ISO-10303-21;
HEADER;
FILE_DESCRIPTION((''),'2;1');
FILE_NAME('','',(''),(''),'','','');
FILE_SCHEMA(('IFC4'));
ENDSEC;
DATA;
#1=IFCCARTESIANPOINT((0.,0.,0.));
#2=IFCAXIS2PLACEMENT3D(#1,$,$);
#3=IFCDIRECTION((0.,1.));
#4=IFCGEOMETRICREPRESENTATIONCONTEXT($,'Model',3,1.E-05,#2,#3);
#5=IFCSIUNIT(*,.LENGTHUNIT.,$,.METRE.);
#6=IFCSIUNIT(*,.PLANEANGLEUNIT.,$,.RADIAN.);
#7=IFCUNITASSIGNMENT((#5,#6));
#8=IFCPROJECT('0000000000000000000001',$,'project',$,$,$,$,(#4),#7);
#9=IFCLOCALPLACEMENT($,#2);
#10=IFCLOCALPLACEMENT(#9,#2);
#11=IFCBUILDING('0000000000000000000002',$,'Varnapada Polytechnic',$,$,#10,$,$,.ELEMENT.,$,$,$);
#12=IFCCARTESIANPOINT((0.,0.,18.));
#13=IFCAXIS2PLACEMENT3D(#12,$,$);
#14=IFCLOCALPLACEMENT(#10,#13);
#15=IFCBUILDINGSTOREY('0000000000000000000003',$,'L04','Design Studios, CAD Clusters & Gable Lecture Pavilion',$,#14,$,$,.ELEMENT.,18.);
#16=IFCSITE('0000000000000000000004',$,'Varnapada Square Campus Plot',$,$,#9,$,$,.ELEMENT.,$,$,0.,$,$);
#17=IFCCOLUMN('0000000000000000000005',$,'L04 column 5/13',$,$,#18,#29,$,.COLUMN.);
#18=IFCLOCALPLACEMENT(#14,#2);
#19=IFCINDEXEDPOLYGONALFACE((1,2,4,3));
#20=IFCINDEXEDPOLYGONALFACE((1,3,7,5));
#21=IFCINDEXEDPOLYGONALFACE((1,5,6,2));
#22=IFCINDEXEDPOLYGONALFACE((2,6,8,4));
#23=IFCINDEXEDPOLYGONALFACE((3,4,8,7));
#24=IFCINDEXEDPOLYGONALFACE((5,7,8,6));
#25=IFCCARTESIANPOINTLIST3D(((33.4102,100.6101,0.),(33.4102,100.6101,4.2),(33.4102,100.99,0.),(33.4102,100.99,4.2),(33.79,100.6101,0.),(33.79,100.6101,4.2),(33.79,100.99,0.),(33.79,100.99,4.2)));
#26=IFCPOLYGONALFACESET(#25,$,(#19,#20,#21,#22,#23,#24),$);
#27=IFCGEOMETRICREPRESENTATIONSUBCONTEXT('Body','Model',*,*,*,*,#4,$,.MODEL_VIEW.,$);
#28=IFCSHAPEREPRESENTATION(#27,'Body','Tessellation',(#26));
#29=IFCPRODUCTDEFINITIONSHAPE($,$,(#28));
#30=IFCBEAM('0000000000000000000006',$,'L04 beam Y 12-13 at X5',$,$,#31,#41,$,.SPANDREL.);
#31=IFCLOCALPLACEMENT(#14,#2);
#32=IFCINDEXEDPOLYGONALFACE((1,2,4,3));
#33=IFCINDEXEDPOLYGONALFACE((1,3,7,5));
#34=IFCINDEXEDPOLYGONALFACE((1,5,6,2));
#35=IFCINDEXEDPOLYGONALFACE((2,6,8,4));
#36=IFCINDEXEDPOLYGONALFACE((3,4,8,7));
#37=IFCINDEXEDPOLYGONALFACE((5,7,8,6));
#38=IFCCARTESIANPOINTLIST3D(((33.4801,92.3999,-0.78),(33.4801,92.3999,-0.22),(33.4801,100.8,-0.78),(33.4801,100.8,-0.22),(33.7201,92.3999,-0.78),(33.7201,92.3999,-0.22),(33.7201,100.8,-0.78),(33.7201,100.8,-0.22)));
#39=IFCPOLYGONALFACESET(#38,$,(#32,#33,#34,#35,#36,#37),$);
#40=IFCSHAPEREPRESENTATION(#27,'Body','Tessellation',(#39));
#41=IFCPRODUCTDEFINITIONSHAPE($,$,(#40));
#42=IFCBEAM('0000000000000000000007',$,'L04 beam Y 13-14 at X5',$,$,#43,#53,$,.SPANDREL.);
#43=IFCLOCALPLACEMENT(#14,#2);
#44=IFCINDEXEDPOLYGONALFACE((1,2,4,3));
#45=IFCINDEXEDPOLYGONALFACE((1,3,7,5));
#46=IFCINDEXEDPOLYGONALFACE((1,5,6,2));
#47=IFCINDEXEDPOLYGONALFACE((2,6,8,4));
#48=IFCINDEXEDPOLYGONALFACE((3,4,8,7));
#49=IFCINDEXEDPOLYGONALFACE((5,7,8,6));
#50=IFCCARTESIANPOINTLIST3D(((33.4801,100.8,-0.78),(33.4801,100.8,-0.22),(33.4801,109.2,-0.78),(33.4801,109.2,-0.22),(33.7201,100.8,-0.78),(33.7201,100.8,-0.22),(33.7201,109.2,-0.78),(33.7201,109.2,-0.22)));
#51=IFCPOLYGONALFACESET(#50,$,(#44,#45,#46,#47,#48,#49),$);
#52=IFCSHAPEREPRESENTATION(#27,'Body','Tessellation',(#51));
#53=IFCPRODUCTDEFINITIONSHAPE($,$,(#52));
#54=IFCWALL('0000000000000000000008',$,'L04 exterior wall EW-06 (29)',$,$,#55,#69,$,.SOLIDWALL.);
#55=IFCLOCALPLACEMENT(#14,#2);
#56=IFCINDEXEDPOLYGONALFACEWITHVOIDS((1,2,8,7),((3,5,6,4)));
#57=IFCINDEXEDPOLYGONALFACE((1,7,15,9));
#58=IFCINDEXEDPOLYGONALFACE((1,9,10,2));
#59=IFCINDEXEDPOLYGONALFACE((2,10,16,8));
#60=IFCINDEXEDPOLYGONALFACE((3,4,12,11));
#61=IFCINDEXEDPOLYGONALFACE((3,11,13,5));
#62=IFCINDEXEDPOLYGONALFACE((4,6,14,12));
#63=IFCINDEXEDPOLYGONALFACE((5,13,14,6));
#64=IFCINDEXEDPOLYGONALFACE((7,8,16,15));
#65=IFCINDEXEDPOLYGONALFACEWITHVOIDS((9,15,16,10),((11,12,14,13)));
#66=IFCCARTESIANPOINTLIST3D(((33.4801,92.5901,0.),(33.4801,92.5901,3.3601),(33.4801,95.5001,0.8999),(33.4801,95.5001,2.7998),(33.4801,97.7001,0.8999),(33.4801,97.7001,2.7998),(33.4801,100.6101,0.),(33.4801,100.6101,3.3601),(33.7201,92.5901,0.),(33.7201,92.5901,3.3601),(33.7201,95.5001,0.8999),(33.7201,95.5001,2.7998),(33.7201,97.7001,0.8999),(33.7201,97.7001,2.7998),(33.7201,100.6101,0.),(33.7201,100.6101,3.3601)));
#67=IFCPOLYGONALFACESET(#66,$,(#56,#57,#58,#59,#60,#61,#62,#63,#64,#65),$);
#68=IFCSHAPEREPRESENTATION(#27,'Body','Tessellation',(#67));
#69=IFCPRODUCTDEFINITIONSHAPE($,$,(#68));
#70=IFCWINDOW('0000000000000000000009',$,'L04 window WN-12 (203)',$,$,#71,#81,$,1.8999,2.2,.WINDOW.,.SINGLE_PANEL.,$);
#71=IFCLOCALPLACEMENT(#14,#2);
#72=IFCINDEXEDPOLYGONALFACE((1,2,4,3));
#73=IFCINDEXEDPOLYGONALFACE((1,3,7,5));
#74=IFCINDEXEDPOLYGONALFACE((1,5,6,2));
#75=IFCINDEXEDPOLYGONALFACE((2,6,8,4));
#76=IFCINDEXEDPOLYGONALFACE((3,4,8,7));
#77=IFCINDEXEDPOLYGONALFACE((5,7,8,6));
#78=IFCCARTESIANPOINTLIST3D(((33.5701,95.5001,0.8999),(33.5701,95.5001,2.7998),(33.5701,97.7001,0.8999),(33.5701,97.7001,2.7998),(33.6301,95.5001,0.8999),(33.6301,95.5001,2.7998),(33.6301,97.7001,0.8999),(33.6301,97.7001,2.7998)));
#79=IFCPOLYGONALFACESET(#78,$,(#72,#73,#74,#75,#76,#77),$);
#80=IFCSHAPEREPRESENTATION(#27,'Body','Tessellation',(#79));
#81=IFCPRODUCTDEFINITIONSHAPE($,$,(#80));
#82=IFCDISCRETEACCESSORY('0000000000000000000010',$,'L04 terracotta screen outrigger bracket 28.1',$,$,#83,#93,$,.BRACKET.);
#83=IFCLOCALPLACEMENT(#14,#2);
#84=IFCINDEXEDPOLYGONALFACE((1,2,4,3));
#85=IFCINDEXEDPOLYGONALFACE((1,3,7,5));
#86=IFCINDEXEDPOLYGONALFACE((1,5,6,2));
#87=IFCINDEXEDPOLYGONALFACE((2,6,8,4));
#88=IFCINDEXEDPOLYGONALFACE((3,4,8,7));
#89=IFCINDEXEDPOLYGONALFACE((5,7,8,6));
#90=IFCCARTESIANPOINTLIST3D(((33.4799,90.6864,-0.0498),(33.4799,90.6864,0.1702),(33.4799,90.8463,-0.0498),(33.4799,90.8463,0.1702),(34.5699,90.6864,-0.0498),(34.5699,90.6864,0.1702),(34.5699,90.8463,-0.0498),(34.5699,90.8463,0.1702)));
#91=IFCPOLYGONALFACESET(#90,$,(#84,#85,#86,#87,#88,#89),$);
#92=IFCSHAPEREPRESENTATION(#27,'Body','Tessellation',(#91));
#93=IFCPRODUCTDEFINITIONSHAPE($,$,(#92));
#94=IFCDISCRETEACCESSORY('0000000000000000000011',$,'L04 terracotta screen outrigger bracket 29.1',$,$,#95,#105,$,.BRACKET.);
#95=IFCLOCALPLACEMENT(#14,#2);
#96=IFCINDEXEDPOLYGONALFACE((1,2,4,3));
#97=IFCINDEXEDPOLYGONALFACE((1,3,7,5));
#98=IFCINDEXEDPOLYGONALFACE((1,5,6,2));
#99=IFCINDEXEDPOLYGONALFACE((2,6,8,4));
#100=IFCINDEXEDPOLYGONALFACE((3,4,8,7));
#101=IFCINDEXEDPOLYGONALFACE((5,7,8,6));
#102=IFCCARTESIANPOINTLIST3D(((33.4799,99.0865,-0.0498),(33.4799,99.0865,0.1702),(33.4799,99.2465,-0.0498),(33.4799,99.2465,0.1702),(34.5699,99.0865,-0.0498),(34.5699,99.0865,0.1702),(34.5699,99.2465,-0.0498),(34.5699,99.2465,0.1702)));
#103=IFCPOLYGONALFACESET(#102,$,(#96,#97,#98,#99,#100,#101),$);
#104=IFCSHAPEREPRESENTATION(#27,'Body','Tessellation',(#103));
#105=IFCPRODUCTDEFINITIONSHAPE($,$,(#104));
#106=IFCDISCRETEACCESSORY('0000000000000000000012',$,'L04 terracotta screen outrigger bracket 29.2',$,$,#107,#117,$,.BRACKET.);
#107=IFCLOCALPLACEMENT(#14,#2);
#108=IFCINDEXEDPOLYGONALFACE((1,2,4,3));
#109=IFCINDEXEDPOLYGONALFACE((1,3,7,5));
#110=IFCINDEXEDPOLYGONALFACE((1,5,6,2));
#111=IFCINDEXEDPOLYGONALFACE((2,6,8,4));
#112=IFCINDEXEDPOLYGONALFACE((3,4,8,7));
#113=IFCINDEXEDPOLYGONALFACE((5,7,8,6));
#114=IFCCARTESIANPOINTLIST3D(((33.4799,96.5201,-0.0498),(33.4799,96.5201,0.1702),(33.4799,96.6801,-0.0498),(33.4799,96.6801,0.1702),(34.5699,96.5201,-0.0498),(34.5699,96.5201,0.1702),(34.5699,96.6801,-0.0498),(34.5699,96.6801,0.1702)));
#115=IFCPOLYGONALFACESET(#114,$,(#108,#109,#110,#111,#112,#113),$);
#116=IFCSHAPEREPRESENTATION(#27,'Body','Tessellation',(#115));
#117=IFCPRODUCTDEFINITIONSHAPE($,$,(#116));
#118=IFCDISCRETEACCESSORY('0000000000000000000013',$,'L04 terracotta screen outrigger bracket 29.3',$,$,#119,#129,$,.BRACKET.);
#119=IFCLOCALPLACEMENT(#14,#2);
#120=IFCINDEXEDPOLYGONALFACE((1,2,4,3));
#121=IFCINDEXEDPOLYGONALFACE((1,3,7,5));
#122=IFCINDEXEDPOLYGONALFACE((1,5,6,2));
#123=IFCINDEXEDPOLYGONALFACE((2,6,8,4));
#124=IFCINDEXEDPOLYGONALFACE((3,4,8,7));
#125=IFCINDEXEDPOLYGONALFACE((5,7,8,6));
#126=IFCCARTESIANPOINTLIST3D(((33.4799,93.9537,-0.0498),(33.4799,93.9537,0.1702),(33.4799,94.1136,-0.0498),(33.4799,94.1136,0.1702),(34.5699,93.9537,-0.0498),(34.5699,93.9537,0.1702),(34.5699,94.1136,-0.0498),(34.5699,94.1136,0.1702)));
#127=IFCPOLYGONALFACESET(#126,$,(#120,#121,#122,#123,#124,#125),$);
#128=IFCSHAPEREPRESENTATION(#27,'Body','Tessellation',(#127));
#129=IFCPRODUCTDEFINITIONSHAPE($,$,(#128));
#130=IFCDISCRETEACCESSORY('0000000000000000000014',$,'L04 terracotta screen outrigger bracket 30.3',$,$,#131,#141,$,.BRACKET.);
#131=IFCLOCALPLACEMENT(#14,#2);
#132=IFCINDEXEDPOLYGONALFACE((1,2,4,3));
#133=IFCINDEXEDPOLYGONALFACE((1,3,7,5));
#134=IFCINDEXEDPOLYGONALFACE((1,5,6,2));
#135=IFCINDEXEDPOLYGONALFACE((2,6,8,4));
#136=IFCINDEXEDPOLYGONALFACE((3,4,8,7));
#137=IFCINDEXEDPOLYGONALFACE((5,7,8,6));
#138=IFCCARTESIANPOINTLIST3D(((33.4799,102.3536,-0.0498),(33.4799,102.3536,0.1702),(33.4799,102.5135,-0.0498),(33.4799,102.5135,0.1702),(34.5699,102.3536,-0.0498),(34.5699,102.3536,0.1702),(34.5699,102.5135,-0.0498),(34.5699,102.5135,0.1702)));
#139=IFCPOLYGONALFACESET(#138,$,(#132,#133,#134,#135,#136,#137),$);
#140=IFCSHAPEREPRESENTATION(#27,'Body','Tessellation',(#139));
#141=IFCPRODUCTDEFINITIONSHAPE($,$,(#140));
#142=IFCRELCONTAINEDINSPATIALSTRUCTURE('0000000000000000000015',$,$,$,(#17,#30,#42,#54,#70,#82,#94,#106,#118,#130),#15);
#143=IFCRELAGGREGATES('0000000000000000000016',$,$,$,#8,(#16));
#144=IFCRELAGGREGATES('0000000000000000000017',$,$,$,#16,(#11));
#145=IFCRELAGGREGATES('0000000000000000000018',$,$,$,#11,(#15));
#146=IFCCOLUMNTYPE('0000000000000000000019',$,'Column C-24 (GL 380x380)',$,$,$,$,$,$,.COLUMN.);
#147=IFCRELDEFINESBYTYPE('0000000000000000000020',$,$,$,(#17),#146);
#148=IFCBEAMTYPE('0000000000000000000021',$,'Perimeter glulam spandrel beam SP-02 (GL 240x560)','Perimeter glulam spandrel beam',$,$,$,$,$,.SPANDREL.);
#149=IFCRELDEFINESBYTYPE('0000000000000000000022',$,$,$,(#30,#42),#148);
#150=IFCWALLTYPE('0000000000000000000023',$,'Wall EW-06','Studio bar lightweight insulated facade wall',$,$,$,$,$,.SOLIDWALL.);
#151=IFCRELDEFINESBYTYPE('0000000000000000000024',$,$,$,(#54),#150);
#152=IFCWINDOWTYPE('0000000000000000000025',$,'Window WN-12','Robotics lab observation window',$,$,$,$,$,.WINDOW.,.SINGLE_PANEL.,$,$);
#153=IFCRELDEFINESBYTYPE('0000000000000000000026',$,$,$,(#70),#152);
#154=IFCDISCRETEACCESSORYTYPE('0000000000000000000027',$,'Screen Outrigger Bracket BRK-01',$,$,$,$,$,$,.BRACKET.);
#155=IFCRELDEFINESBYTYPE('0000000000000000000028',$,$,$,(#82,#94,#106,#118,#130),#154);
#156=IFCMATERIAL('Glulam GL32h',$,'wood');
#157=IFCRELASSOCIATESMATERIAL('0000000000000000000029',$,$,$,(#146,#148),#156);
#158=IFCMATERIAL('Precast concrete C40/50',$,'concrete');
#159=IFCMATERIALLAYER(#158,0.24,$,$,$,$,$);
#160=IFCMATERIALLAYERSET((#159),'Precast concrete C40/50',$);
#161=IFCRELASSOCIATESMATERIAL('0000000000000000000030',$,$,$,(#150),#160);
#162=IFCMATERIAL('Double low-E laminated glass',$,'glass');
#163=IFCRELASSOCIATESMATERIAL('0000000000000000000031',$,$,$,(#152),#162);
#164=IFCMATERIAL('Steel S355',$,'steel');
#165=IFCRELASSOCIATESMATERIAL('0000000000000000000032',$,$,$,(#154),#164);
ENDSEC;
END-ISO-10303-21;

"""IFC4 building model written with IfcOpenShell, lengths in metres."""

from ifc_helpers import new_model, si_unit, direction, frame, frame_2d, origin, origin_2d, place, context, subcontext, project, spatial, rectangle, extrude, material, layer, layer_set, material_profile, profile_set, type_object, element, fill, save


model = new_model("IFC4")

# Units and contexts
model_context = context("Model", 3, precision=1e-05, world=origin(), true_north=direction((0.0, 1.0)))
body_context = subcontext(model_context, "Body", "Model", "MODEL_VIEW")
ifc_project = project(units=[si_unit("LENGTHUNIT", "METRE"), si_unit("PLANEANGLEUNIT", "RADIAN")], contexts=[model_context])

# Site, building, storey
site_placement = place(None, origin())
site = spatial("IfcSite", under=ifc_project, at=site_placement, Name="Varnapada Square Campus Plot", CompositionType="ELEMENT", RefElevation=0.0)
building_placement = place(site_placement, origin())
building = spatial("IfcBuilding", under=site, at=building_placement, Name="Varnapada Polytechnic", CompositionType="ELEMENT")
storey_placement = place(building_placement, frame((0.0, 0.0, 18.0)))
storey = spatial("IfcBuildingStorey", under=building, at=storey_placement, Name="L04", Description="Design Studios, CAD Clusters & Gable Lecture Pavilion", CompositionType="ELEMENT", Elevation=18.0)

# Column
ifc_material_1 = material(Name="Glulam GL32h", Category="wood")
ifc_material_profile_1 = material_profile(ifc_material_1, rectangle(XDim=0.3799, YDim=0.3799, at=origin_2d()), Name="GL 380x380")
ifc_profile_set_1 = profile_set([ifc_material_profile_1], Name="Glulam GL32h")
column_type = type_object("IfcColumnType", Name="Column C-24 (GL 380x380)", PredefinedType="COLUMN", material=ifc_profile_set_1)
column_placement = place(storey_placement, frame((33.6001, 100.8, 0.0), z_axis=(0.0, 0.0, 1.0), x_axis=(1.0, 0.0, 0.0)))
element("IfcColumn", 1, at=column_placement, inside=storey, type_object=column_type, Name="L04 column 5/13", PredefinedType="COLUMN", context=body_context, shape_type="SweptSolid", body=[
    extrude(rectangle(XDim=0.3799, YDim=0.3799, at=origin_2d()), origin(), (0.0, 0.0, 1.0), 4.2),
])

# Beams
ifc_material_profile_2 = material_profile(ifc_material_1, rectangle(XDim=0.24, YDim=0.5601, at=origin_2d()), Name="GL 240x560")
ifc_profile_set_2 = profile_set([ifc_material_profile_2], Name="Glulam GL32h")
beam_type = type_object("IfcBeamType", Name="Perimeter glulam spandrel beam SP-02 (GL 240x560)", Description="Perimeter glulam spandrel beam", PredefinedType="SPANDREL", material=ifc_profile_set_2)
beam_1_placement = place(storey_placement, frame((33.6001, 92.3999, -0.5), z_axis=(0.0, 1.0, 0.0), x_axis=(-1.0, 0.0, 0.0)))
element("IfcBeam", 2, at=beam_1_placement, inside=storey, type_object=beam_type, Name="L04 beam Y 12-13 at X5", PredefinedType="SPANDREL", context=body_context, shape_type="SweptSolid", body=[
    extrude(rectangle(XDim=0.24, YDim=0.5601, at=origin_2d()), origin(), (0.0, 0.0, 1.0), 8.4001),
])
beam_2_placement = place(storey_placement, frame((33.6001, 100.8, -0.5), z_axis=(0.0, 1.0, 0.0), x_axis=(-1.0, 0.0, 0.0)))
element("IfcBeam", 3, at=beam_2_placement, inside=storey, type_object=beam_type, Name="L04 beam Y 13-14 at X5", PredefinedType="SPANDREL", context=body_context, shape_type="SweptSolid", body=[
    extrude(rectangle(XDim=0.24, YDim=0.5601, at=origin_2d()), origin(), (0.0, 0.0, 1.0), 8.3999),
])

# Wall, opening, window
ifc_material_2 = material(Name="Precast concrete C40/50", Category="concrete")
ifc_layer = layer(ifc_material_2, 0.24)
ifc_layer_set = layer_set([ifc_layer], Name="Precast concrete C40/50")
wall_type = type_object("IfcWallType", Name="Wall EW-06", Description="Studio bar lightweight insulated facade wall", PredefinedType="SOLIDWALL", material=ifc_layer_set)
wall_placement = place(storey_placement, frame((33.6001, 100.6101, 0.0), z_axis=(0.0, 0.0, 1.0), x_axis=(0.0, -1.0, 0.0)))
wall = element("IfcWall", 4, at=wall_placement, inside=storey, type_object=wall_type, Name="L04 exterior wall EW-06 (29)", PredefinedType="SOLIDWALL", context=body_context, shape_type="SweptSolid", body=[
    extrude(rectangle(XDim=8.02, YDim=0.24, at=frame_2d((4.01, 0.0))), origin(), (0.0, 0.0, 1.0), 3.3601),
])
opening_placement = place(wall_placement, frame((2.9099, 0.0, 0.8999)))
opening = element("IfcOpeningElement", 5, at=opening_placement, cuts=wall, PredefinedType="OPENING", context=body_context, shape_type="SweptSolid", body=[
    extrude(rectangle(XDim=2.2, YDim=1.8999, at=frame_2d((1.1001, 0.95))), frame((0.0, 0.1299, 0.0), z_axis=(0.0, -1.0, 0.0), x_axis=(1.0, 0.0, 0.0)), (0.0, 0.0, 1.0), 0.26),
])
ifc_material_3 = material(Name="Double low-E laminated glass", Category="glass")
window_type = type_object("IfcWindowType", Name="Window WN-12", Description="Robotics lab observation window", PartitioningType="SINGLE_PANEL", PredefinedType="WINDOW", material=ifc_material_3)
window_placement = place(opening_placement, origin())
window = element("IfcWindow", 6, at=window_placement, inside=storey, type_object=window_type, Name="L04 window WN-12 (203)", OverallHeight=1.8999, OverallWidth=2.2, PartitioningType="SINGLE_PANEL", PredefinedType="WINDOW", context=body_context, shape_type="SweptSolid", body=[
    extrude(rectangle(XDim=2.2, YDim=1.8999, at=frame_2d((1.1001, 0.95))), frame((0.0, 0.03, 0.0), z_axis=(0.0, -1.0, 0.0), x_axis=(1.0, 0.0, 0.0)), (0.0, 0.0, 1.0), 0.0601),
])
fill(opening, window)

# Discrete accessories
ifc_material_4 = material(Name="Steel S355", Category="steel")
discrete_accessory_type = type_object("IfcDiscreteAccessoryType", Name="Screen Outrigger Bracket BRK-01", PredefinedType="BRACKET", material=ifc_material_4)
for number, where, z_axis, x_axis, name in (
    (7, (34.0249, 90.7664, -0.0498), (0.0, 0.0, 1.0), (0.0, -1.0, 0.0), "L04 terracotta screen outrigger bracket 28.1"),
    (8, (34.0249, 99.1665, -0.0498), (0.0, 0.0, 1.0), (0.0, -1.0, 0.0), "L04 terracotta screen outrigger bracket 29.1"),
    (9, (34.0249, 96.6001, -0.0498), (0.0, 0.0, 1.0), (0.0, -1.0, 0.0), "L04 terracotta screen outrigger bracket 29.2"),
    (10, (34.0249, 94.0337, -0.0498), (0.0, 0.0, 1.0), (0.0, -1.0, 0.0), "L04 terracotta screen outrigger bracket 29.3"),
    (11, (34.0249, 102.4336, -0.0498), (0.0, 0.0, 1.0), (0.0, -1.0, 0.0), "L04 terracotta screen outrigger bracket 30.3"),
):
    element("IfcDiscreteAccessory", number, at=place(storey_placement, frame(where, z_axis=z_axis, x_axis=x_axis)), inside=storey, type_object=discrete_accessory_type, Name=name, PredefinedType="BRACKET", context=body_context, shape_type="SweptSolid", body=[
        extrude(rectangle(XDim=0.1599, YDim=1.0901, at=origin_2d()), origin(), (0.0, 0.0, 1.0), 0.22),
    ])

save(model, "model.ifc")
